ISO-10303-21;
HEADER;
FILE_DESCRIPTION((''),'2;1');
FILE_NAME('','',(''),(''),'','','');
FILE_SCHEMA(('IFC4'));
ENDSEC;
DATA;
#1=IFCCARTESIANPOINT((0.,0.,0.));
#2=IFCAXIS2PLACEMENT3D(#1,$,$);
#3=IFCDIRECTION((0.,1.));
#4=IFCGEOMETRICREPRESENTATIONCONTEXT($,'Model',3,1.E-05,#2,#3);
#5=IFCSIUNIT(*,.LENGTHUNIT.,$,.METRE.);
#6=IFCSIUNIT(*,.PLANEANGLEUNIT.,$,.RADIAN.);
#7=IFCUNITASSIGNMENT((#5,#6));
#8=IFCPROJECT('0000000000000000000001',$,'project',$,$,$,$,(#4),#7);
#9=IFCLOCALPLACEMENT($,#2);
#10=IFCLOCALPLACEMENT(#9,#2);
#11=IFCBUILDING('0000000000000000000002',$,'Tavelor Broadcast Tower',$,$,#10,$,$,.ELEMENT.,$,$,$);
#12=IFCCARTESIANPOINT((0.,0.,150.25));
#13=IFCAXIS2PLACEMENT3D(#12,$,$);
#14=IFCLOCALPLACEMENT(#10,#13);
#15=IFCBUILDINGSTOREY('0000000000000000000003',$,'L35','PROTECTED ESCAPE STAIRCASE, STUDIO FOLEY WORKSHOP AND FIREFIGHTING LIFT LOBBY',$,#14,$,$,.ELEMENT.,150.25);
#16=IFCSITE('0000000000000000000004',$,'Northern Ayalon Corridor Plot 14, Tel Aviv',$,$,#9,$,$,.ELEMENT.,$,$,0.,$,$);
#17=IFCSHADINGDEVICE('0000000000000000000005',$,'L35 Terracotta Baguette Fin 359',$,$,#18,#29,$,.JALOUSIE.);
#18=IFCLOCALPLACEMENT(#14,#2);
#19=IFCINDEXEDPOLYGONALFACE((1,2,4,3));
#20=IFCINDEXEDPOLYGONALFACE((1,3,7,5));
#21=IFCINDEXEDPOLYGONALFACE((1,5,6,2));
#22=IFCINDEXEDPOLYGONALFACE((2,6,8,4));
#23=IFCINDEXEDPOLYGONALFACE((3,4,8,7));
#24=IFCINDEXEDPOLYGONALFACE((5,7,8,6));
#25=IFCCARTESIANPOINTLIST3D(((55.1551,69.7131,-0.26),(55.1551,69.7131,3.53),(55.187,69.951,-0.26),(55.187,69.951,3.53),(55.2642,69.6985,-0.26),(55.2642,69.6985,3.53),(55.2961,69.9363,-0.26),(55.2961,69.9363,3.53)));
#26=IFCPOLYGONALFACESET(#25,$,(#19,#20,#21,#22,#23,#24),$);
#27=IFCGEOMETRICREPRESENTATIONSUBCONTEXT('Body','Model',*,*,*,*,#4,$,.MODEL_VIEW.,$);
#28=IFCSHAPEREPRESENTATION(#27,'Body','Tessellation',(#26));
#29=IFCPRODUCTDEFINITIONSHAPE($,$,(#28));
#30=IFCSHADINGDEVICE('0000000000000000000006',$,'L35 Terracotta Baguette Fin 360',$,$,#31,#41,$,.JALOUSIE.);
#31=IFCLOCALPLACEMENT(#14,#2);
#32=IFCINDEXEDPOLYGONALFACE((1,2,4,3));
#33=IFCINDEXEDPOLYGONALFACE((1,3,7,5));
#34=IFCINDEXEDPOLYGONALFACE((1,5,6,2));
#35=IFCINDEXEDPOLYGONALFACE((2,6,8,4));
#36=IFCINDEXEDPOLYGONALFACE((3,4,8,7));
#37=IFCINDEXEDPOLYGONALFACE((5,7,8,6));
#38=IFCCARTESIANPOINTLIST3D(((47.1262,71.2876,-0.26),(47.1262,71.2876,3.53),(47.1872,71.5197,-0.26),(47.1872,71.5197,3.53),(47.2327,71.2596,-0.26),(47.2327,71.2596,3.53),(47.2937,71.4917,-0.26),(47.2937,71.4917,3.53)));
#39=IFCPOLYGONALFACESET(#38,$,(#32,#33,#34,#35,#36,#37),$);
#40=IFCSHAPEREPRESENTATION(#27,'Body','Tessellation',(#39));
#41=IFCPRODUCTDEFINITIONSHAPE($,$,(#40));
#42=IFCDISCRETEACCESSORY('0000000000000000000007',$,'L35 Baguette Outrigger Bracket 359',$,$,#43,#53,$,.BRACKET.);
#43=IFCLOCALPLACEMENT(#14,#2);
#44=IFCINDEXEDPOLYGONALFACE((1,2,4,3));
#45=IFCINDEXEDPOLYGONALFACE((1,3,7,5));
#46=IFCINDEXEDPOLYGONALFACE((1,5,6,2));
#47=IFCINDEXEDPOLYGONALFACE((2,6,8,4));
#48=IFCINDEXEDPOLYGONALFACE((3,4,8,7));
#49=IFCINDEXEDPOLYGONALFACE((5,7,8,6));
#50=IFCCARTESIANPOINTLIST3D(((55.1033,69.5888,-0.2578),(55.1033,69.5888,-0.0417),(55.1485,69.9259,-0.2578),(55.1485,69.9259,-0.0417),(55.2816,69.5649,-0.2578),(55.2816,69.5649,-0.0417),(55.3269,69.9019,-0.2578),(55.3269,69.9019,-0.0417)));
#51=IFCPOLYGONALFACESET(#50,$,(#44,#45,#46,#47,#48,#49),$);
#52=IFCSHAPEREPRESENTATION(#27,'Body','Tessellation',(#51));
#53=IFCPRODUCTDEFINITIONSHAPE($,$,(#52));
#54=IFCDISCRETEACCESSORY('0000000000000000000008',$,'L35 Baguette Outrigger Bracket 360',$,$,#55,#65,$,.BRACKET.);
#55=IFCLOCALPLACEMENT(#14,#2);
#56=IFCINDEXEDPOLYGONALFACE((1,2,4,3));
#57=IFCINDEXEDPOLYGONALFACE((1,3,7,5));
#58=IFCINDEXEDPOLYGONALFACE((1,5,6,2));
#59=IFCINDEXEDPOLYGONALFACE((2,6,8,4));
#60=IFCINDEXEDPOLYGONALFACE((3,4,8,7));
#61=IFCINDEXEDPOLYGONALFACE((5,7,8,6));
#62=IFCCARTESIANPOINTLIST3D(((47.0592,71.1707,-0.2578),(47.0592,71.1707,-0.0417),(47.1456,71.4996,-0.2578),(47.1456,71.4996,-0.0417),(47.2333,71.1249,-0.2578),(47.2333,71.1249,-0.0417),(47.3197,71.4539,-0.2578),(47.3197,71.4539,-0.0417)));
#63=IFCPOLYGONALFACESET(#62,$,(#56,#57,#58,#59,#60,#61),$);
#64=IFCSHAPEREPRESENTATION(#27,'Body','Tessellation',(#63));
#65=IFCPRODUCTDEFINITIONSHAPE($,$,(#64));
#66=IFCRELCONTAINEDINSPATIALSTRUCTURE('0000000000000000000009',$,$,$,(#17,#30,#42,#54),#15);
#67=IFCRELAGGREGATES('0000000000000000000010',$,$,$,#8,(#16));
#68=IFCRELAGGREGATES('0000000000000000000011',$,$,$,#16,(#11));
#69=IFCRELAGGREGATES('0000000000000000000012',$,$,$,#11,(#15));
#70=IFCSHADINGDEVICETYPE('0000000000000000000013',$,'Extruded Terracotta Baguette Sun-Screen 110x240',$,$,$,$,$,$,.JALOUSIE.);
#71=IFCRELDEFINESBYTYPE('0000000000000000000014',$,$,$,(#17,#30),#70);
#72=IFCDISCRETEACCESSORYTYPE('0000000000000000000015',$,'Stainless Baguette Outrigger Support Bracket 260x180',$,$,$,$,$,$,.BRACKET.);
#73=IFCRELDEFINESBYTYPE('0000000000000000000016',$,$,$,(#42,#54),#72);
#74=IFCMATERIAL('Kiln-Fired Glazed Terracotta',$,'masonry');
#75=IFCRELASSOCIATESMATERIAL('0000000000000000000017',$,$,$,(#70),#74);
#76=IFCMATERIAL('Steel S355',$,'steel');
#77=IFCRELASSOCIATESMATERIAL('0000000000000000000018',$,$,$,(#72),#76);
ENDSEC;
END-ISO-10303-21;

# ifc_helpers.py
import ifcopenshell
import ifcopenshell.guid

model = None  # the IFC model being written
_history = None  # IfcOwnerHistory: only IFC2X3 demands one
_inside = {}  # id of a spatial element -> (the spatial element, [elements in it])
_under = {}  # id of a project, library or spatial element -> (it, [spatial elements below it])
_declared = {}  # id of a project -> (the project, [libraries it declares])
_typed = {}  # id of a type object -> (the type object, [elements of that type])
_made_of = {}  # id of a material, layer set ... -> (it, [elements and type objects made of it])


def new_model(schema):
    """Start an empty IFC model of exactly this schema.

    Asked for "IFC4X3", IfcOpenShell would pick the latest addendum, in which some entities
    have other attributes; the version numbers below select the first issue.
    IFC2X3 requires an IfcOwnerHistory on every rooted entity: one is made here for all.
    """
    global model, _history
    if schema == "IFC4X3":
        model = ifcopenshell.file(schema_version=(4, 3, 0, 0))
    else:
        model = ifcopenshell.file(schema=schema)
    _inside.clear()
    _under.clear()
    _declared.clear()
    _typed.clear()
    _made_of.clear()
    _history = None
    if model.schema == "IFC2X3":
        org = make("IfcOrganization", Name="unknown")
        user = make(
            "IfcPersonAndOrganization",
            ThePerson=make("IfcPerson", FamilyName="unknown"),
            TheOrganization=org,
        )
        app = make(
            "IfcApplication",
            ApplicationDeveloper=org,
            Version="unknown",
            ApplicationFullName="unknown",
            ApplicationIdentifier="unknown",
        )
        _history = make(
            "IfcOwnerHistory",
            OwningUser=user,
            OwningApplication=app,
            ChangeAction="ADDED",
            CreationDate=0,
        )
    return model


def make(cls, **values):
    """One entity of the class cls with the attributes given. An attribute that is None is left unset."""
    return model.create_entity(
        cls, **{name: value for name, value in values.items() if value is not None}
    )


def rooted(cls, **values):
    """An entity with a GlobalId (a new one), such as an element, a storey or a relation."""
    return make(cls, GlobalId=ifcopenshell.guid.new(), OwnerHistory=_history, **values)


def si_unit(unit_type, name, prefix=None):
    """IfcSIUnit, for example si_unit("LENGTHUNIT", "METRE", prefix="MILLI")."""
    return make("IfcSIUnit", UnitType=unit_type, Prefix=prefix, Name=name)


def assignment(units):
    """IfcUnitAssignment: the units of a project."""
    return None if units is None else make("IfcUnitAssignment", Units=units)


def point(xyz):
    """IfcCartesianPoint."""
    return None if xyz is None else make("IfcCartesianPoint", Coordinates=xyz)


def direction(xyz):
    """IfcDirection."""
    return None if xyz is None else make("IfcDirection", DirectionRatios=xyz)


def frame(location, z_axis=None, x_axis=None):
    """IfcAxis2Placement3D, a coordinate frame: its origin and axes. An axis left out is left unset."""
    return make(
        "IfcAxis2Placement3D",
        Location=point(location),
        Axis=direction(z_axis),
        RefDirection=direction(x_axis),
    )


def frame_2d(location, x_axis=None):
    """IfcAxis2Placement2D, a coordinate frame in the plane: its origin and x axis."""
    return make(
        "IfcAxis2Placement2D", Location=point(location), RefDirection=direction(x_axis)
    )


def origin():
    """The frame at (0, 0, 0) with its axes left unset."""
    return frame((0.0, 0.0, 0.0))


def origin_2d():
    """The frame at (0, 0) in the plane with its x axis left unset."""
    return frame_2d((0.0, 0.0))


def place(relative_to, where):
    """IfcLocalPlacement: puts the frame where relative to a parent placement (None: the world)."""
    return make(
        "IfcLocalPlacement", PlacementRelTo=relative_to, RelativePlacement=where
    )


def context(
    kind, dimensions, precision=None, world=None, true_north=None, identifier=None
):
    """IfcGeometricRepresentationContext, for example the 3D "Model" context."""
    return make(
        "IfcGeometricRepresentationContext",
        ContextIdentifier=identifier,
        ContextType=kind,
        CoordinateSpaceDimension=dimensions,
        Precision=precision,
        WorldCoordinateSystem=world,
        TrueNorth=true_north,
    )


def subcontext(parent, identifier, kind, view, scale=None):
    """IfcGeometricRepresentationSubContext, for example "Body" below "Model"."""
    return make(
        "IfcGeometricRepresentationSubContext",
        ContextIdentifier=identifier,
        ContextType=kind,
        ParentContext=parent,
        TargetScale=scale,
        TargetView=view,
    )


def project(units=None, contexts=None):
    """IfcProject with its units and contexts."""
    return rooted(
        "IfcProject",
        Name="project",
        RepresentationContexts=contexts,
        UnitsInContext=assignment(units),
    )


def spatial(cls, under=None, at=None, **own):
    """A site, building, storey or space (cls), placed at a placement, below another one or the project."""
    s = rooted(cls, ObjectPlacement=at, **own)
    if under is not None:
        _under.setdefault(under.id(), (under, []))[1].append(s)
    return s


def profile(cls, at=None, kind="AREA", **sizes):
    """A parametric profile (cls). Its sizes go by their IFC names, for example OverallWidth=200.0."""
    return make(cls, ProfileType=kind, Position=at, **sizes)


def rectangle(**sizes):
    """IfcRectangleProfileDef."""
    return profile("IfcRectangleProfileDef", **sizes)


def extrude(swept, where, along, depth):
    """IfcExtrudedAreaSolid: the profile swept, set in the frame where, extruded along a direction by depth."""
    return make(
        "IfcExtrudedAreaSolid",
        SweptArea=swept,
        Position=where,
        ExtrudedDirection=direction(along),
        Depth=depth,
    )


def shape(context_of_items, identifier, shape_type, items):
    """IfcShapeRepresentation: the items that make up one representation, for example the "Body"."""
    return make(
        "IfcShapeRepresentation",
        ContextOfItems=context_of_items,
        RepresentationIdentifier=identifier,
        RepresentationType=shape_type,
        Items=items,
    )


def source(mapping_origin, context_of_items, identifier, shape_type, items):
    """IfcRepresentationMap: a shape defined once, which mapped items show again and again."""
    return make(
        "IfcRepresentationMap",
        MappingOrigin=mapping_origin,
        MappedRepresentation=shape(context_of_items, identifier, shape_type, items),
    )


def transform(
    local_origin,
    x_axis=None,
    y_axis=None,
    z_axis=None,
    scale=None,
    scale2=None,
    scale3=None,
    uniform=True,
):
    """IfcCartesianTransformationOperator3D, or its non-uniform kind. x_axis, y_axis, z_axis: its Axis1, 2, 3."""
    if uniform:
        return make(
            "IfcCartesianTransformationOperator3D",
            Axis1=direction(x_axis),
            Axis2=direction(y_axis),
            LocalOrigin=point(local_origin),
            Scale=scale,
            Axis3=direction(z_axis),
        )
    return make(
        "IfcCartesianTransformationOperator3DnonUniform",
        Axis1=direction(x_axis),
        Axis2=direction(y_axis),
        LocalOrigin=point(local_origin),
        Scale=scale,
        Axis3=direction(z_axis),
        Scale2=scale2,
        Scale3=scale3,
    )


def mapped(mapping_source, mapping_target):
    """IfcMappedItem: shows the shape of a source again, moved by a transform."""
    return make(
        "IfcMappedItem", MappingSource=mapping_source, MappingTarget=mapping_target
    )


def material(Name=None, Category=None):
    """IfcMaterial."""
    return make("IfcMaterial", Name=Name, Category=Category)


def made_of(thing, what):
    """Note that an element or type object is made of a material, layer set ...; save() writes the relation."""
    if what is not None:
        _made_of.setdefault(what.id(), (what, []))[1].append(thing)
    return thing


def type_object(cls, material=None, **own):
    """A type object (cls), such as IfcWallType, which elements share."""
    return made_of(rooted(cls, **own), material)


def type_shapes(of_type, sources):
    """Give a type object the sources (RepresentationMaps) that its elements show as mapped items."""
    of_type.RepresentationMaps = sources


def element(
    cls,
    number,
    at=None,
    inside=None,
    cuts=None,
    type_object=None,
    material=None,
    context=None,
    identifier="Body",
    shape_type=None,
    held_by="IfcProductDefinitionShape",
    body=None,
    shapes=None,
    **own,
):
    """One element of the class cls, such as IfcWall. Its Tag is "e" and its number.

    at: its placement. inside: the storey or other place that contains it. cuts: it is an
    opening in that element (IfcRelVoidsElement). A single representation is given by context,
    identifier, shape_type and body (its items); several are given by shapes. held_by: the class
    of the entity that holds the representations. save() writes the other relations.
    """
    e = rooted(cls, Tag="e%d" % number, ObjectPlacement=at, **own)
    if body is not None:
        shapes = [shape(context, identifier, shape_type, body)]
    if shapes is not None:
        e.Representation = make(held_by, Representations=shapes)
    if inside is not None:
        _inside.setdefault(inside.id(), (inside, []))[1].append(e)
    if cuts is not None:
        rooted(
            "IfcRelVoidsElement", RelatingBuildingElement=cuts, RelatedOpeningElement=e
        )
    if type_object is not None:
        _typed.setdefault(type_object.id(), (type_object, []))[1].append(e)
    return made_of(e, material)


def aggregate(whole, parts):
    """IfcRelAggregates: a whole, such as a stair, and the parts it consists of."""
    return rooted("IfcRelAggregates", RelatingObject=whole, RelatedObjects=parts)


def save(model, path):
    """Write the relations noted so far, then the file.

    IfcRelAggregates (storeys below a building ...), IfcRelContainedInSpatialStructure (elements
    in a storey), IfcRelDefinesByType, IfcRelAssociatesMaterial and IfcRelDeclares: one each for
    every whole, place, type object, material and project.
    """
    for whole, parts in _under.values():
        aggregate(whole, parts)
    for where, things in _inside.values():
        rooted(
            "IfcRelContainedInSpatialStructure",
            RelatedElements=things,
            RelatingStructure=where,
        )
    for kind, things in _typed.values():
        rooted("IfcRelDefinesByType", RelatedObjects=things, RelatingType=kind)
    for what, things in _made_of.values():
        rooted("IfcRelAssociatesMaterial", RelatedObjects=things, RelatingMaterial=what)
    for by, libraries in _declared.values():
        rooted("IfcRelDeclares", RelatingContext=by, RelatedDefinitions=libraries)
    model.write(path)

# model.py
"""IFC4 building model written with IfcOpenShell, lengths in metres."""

from ifc_helpers import new_model, si_unit, direction, frame, origin, origin_2d, place, context, subcontext, project, spatial, rectangle, extrude, source, transform, mapped, material, type_object, type_shapes, element, save


model = new_model("IFC4")

# Units and contexts
model_context = context("Model", 3, precision=1e-05, world=origin(), true_north=direction((0.0, 1.0)))
body_context = subcontext(model_context, "Body", "Model", "MODEL_VIEW")
ifc_project = project(units=[si_unit("LENGTHUNIT", "METRE"), si_unit("PLANEANGLEUNIT", "RADIAN")], contexts=[model_context])

# Site, building, storey
site_placement = place(None, origin())
site = spatial("IfcSite", under=ifc_project, at=site_placement, Name="Northern Ayalon Corridor Plot 14, Tel Aviv", CompositionType="ELEMENT", RefElevation=0.0)
building_placement = place(site_placement, origin())
building = spatial("IfcBuilding", under=site, at=building_placement, Name="Tavelor Broadcast Tower", CompositionType="ELEMENT")
storey_placement = place(building_placement, frame((0.0, 0.0, 150.25)))
storey = spatial("IfcBuildingStorey", under=building, at=storey_placement, Name="L35", Description="PROTECTED ESCAPE STAIRCASE, STUDIO FOLEY WORKSHOP AND FIREFIGHTING LIFT LOBBY", CompositionType="ELEMENT", Elevation=150.25)

# Shared definitions
ifc_material_1 = material(Name="Steel S355", Category="steel")

# Shading devices
ifc_material_2 = material(Name="Kiln-Fired Glazed Terracotta", Category="masonry")
shading_device_type = type_object("IfcShadingDeviceType", Name="Extruded Terracotta Baguette Sun-Screen 110x240", PredefinedType="JALOUSIE", material=ifc_material_2)
shared_shape_1 = source(origin(), body_context, "Body", "SweptSolid", [
    extrude(rectangle(XDim=0.1101, YDim=0.24, at=origin_2d()), origin(), (0.0, 0.0, 1.0), 3.79),
])
type_shapes(shading_device_type, [shared_shape_1])
for number, where, z_axis, x_axis, name in (
    (1, (55.2256, 69.8247, -0.26), (0.0, 0.0, 1.0), (-0.991123, 0.132948, 0.0), "L35 Terracotta Baguette Fin 359"),
    (2, (47.21, 71.3896, -0.26), (0.0, 0.0, 1.0), (-0.967179, 0.254096, 0.0), "L35 Terracotta Baguette Fin 360"),
):
    element("IfcShadingDevice", number, at=place(storey_placement, frame(where, z_axis=z_axis, x_axis=x_axis)), inside=storey, type_object=shading_device_type, Name=name, PredefinedType="JALOUSIE", context=body_context, shape_type="MappedRepresentation", body=[
        mapped(shared_shape_1, transform((0.0, 0.0, 0.0), scale=1.0)),
    ])

# Discrete accessories
discrete_accessory_type = type_object("IfcDiscreteAccessoryType", Name="Stainless Baguette Outrigger Support Bracket 260x180", PredefinedType="BRACKET", material=ifc_material_1)
shared_shape_2 = source(origin(), body_context, "Body", "SweptSolid", [
    extrude(rectangle(XDim=0.1799, YDim=0.3401, at=origin_2d()), origin(), (0.0, 0.0, 1.0), 0.2161),
])
type_shapes(discrete_accessory_type, [shared_shape_2])
for number, where, z_axis, x_axis, name in (
    (3, (55.2151, 69.7454, -0.2578), (0.0, 0.0, 1.0), (-0.991123, 0.132948, 0.0), "L35 Baguette Outrigger Bracket 359"),
    (4, (47.1895, 71.3123, -0.2578), (0.0, 0.0, 1.0), (-0.967179, 0.254096, 0.0), "L35 Baguette Outrigger Bracket 360"),
):
    element("IfcDiscreteAccessory", number, at=place(storey_placement, frame(where, z_axis=z_axis, x_axis=x_axis)), inside=storey, type_object=discrete_accessory_type, Name=name, PredefinedType="BRACKET", context=body_context, shape_type="MappedRepresentation", body=[
        mapped(shared_shape_2, transform((0.0, 0.0, 0.0), scale=1.0)),
    ])

save(model, "model.ifc")
